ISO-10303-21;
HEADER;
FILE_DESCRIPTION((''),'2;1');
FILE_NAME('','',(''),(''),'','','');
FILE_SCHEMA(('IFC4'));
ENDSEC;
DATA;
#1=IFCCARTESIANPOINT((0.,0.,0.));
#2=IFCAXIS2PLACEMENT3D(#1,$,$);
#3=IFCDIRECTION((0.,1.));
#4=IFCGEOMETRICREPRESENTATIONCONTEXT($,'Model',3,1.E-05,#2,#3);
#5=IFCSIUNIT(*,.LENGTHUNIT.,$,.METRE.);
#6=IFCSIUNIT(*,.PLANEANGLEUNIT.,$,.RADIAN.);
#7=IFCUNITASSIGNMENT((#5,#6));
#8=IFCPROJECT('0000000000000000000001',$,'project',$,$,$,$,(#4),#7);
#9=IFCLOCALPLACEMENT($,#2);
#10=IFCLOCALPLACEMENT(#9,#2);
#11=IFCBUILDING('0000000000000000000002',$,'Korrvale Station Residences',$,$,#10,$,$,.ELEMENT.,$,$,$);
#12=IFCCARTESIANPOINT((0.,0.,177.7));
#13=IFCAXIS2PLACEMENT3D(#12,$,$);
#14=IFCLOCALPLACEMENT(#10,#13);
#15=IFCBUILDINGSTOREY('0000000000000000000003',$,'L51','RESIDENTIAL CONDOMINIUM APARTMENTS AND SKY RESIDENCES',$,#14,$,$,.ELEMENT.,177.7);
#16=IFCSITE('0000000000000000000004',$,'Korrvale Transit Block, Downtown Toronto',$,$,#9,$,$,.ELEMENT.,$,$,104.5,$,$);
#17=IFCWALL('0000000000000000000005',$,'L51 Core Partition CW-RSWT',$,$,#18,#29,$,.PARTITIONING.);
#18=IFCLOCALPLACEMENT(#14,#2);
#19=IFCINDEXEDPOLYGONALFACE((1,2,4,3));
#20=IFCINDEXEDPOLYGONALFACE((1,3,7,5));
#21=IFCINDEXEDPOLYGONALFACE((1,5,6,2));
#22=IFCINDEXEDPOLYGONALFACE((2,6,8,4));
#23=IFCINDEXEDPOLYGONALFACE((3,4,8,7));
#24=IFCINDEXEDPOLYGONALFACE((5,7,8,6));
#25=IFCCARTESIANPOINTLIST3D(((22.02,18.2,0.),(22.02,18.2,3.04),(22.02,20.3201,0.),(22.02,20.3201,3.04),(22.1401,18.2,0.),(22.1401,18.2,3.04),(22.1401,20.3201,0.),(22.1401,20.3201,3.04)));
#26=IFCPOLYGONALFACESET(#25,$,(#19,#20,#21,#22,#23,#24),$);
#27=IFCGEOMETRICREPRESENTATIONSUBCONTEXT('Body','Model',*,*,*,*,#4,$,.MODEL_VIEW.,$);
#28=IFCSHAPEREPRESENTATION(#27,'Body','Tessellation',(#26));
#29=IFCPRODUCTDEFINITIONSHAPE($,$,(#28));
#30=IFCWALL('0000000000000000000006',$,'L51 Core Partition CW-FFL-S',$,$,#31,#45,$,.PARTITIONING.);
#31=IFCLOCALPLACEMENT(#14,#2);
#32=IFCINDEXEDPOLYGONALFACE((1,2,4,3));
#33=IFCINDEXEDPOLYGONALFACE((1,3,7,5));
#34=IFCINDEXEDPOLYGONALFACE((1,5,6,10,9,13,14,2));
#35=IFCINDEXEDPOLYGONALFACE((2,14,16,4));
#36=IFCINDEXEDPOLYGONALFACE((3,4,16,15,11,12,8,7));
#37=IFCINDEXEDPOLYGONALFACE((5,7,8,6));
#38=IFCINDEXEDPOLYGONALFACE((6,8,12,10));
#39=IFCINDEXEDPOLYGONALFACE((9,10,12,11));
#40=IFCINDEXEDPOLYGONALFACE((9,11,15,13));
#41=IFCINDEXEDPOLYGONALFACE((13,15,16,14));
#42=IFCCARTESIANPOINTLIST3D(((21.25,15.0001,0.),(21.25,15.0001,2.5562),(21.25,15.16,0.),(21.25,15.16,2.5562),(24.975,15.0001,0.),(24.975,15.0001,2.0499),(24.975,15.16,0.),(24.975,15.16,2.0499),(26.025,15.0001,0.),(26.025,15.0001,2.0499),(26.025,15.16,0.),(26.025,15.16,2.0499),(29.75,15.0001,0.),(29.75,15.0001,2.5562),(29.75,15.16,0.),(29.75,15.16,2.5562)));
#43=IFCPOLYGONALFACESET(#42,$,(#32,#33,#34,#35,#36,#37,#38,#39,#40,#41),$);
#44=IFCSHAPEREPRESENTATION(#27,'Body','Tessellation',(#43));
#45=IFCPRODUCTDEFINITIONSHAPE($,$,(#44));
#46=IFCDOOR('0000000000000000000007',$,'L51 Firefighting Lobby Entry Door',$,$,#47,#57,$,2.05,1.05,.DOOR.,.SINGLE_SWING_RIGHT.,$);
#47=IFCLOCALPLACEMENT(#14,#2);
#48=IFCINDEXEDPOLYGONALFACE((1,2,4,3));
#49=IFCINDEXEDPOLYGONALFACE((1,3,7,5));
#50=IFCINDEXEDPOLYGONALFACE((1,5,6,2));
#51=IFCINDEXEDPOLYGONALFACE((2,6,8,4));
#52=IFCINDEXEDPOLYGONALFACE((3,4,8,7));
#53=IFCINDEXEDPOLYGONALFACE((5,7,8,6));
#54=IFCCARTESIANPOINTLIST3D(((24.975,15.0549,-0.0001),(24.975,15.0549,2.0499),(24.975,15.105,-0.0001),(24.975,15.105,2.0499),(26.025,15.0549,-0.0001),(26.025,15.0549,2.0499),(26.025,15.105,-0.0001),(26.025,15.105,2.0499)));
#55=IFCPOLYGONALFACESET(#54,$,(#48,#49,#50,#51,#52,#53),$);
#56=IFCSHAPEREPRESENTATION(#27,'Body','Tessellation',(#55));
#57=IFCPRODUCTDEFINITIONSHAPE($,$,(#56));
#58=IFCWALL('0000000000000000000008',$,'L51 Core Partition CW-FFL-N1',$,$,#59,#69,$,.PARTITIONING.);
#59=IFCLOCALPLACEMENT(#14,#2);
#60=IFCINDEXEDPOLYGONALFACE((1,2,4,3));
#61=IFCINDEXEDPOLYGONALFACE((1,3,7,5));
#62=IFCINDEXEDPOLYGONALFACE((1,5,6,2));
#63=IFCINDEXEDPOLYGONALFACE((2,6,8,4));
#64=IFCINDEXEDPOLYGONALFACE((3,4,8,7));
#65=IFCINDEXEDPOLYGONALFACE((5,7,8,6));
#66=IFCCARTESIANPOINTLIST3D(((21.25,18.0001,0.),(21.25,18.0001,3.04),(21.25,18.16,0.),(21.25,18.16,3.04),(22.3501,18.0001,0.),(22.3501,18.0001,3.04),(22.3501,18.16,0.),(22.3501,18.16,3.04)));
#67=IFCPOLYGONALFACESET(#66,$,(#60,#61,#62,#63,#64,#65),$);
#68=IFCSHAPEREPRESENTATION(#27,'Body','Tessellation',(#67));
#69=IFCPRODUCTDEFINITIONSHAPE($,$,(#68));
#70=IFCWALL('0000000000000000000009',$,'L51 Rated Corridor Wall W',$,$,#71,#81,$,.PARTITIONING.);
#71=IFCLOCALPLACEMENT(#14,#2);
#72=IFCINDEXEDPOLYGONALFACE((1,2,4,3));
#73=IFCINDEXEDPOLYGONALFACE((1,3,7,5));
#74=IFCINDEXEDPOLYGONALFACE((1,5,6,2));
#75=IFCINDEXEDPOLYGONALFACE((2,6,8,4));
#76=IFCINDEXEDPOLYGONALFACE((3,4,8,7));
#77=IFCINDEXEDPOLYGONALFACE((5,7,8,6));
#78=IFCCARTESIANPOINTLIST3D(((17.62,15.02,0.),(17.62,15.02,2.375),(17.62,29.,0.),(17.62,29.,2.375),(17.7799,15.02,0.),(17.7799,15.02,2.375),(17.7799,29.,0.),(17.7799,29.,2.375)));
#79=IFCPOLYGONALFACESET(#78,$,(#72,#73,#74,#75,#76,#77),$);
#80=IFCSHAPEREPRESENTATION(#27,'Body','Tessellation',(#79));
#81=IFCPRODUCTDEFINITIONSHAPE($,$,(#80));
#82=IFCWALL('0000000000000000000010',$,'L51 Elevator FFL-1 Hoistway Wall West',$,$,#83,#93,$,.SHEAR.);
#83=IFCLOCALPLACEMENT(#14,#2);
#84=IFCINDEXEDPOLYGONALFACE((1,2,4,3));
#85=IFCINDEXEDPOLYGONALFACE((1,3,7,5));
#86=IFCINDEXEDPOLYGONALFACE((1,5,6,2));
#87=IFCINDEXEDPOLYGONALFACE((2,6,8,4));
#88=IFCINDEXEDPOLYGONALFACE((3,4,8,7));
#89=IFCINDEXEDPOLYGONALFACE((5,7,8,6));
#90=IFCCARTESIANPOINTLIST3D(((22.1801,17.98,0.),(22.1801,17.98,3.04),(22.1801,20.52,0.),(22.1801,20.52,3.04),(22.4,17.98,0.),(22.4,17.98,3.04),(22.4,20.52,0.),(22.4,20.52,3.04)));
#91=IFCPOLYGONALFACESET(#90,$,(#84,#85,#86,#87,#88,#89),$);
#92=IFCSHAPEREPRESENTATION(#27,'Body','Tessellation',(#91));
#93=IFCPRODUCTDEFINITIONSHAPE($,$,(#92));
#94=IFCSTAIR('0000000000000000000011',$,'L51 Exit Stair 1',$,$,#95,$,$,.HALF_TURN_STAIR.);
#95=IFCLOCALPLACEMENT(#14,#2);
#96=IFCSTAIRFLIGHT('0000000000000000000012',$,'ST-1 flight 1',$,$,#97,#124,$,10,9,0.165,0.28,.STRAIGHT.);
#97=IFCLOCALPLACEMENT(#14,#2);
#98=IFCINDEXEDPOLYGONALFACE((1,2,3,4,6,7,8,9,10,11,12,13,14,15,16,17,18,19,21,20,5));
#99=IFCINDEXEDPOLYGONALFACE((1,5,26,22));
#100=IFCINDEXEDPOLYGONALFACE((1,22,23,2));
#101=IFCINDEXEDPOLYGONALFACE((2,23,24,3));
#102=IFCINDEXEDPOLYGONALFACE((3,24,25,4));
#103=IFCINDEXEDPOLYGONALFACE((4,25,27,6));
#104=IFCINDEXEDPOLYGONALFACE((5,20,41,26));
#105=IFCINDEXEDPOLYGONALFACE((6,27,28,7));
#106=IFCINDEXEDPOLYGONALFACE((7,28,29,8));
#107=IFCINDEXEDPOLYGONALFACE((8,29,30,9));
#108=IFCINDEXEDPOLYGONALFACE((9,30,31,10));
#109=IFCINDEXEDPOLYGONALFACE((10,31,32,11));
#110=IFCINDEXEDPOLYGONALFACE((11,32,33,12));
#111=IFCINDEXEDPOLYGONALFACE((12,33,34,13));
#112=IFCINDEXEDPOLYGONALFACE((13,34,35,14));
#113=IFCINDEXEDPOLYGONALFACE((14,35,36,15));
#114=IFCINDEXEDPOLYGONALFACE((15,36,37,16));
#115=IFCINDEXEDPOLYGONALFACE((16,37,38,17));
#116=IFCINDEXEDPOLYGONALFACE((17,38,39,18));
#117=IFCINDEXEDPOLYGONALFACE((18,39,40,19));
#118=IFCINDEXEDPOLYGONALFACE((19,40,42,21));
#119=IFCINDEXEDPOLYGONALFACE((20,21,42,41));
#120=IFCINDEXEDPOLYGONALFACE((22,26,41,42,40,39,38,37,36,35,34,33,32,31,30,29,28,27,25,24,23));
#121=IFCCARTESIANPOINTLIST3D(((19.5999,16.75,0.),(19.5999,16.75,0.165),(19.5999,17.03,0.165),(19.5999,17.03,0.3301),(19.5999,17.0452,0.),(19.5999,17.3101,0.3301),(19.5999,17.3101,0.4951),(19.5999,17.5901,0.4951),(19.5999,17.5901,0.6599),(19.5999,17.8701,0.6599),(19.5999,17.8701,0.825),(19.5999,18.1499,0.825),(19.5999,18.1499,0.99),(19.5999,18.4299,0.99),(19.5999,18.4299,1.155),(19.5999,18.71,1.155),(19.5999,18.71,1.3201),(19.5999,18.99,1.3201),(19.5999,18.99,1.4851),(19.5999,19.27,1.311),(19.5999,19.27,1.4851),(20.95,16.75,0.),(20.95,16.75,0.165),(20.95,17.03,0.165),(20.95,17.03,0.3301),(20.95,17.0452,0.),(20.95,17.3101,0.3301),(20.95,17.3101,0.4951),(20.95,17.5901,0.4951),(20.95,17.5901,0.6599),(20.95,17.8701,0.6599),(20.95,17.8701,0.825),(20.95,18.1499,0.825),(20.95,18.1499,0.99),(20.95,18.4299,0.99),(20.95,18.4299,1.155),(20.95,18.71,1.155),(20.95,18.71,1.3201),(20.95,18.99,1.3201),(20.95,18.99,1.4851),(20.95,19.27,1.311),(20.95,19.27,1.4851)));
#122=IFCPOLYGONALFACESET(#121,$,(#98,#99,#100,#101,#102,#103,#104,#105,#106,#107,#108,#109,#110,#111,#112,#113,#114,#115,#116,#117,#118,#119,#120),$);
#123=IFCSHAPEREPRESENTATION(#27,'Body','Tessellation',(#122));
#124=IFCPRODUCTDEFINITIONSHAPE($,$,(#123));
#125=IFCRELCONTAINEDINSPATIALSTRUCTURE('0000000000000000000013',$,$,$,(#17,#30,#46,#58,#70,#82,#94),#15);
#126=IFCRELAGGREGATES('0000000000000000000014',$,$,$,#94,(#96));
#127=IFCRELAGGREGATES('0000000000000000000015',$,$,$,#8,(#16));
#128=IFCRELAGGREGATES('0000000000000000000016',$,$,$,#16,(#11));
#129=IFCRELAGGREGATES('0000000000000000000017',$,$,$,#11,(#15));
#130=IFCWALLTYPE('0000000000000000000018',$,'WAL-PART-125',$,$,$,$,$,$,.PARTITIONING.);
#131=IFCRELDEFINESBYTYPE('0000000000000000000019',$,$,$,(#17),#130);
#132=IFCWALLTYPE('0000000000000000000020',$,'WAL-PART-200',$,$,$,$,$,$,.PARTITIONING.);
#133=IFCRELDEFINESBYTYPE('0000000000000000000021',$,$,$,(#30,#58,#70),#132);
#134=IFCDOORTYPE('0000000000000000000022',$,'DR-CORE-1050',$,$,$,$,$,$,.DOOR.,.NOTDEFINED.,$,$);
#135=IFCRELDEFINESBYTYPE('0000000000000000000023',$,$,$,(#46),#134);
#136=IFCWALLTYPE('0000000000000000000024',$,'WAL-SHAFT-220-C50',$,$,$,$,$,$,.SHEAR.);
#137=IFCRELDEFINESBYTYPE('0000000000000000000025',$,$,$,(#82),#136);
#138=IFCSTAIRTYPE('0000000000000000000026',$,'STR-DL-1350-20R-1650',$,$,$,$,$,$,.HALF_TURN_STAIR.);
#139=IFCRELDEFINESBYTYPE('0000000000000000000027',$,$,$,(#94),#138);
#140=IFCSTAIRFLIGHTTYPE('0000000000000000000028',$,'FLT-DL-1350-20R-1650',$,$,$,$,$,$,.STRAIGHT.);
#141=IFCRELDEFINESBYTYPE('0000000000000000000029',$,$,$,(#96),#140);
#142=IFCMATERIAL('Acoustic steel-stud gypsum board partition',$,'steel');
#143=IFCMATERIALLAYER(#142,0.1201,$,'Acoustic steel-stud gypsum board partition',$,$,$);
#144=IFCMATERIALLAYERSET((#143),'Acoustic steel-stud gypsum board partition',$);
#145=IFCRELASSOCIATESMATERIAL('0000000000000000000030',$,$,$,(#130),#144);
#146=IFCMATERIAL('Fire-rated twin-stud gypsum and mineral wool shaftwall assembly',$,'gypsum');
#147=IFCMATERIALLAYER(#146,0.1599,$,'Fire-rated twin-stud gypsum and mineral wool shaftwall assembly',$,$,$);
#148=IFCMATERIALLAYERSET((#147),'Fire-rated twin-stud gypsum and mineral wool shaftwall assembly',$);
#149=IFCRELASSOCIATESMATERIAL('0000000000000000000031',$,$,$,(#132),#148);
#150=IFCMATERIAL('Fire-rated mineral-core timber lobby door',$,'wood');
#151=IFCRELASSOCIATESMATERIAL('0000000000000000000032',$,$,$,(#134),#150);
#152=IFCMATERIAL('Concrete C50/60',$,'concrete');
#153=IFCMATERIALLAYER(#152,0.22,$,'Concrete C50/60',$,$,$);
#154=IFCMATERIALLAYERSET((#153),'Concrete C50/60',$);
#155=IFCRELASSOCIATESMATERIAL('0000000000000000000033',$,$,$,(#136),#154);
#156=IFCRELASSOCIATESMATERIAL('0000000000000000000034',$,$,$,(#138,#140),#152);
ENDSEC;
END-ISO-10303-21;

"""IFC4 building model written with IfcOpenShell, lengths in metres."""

from ifc_helpers import new_model, si_unit, direction, frame, frame_2d, origin, place, context, subcontext, project, spatial, polyline, rectangle, outline, extrude, material, layer, layer_set, type_object, element, fill, aggregate, save


model = new_model("IFC4")

# Units and contexts
model_context = context("Model", 3, precision=1e-05, world=origin(), true_north=direction((0.0, 1.0)))
body_context = subcontext(model_context, "Body", "Model", "MODEL_VIEW")
ifc_project = project(units=[si_unit("LENGTHUNIT", "METRE"), si_unit("PLANEANGLEUNIT", "RADIAN")], contexts=[model_context])

# Site, building, storey
site_placement = place(None, origin())
site = spatial("IfcSite", under=ifc_project, at=site_placement, Name="Korrvale Transit Block, Downtown Toronto", CompositionType="ELEMENT", RefElevation=104.5)
building_placement = place(site_placement, origin())
building = spatial("IfcBuilding", under=site, at=building_placement, Name="Korrvale Station Residences", CompositionType="ELEMENT")
storey_placement = place(building_placement, frame((0.0, 0.0, 177.7)))
storey = spatial("IfcBuildingStorey", under=building, at=storey_placement, Name="L51", Description="RESIDENTIAL CONDOMINIUM APARTMENTS AND SKY RESIDENCES", CompositionType="ELEMENT", Elevation=177.7)

# Shared definitions
ifc_material_1 = material(Name="Concrete C50/60", Category="concrete")

# Wall
ifc_material_2 = material(Name="Acoustic steel-stud gypsum board partition", Category="steel")
ifc_layer_1 = layer(ifc_material_2, 0.1201, Name="Acoustic steel-stud gypsum board partition")
ifc_layer_set_1 = layer_set([ifc_layer_1], Name="Acoustic steel-stud gypsum board partition")
wall_type_1 = type_object("IfcWallType", Name="WAL-PART-125", PredefinedType="PARTITIONING", material=ifc_layer_set_1)
wall_1_placement = place(storey_placement, frame((22.0801, 18.2, 0.0), z_axis=(0.0, 0.0, 1.0), x_axis=(0.0, 1.0, 0.0)))
element("IfcWall", 1, at=wall_1_placement, inside=storey, type_object=wall_type_1, Name="L51 Core Partition CW-RSWT", PredefinedType="PARTITIONING", context=body_context, shape_type="SweptSolid", body=[
    extrude(rectangle(XDim=2.1201, YDim=0.1201, at=frame_2d((1.0601, 0.0))), origin(), (0.0, 0.0, 1.0), 3.04),
])

# Wall, opening, door
ifc_material_3 = material(Name="Fire-rated twin-stud gypsum and mineral wool shaftwall assembly", Category="gypsum")
ifc_layer_2 = layer(ifc_material_3, 0.1599, Name="Fire-rated twin-stud gypsum and mineral wool shaftwall assembly")
ifc_layer_set_2 = layer_set([ifc_layer_2], Name="Fire-rated twin-stud gypsum and mineral wool shaftwall assembly")
wall_type_2 = type_object("IfcWallType", Name="WAL-PART-200", PredefinedType="PARTITIONING", material=ifc_layer_set_2)
wall_2_placement = place(storey_placement, frame((21.25, 15.0801, 0.0), z_axis=(0.0, 0.0, 1.0), x_axis=(1.0, 0.0, 0.0)))
wall_2 = element("IfcWall", 2, at=wall_2_placement, inside=storey, type_object=wall_type_2, Name="L51 Core Partition CW-FFL-S", PredefinedType="PARTITIONING", context=body_context, shape_type="SweptSolid", body=[
    extrude(rectangle(XDim=8.5, YDim=0.1599, at=frame_2d((4.25, 0.0))), origin(), (0.0, 0.0, 1.0), 2.5562),
])
opening_1_placement = place(wall_2_placement, frame((3.7251, 0.0, 0.0)))
opening_1 = element("IfcOpeningElement", 3, at=opening_1_placement, cuts=wall_2, PredefinedType="OPENING", context=body_context, shape_type="SweptSolid", body=[
    extrude(rectangle(XDim=1.05, YDim=2.05, at=frame_2d((0.5249, 1.0249))), frame((0.0, 0.0898, 0.0), z_axis=(0.0, -1.0, 0.0), x_axis=(1.0, 0.0, 0.0)), (0.0, 0.0, 1.0), 0.1799),
])
ifc_material_4 = material(Name="Fire-rated mineral-core timber lobby door", Category="wood")
door_type_1 = type_object("IfcDoorType", Name="DR-CORE-1050", OperationType="NOTDEFINED", PredefinedType="DOOR", material=ifc_material_4)
door_1_placement = place(opening_1_placement, origin())
door_1 = element("IfcDoor", 4, at=door_1_placement, inside=storey, type_object=door_type_1, Name="L51 Firefighting Lobby Entry Door", OperationType="SINGLE_SWING_RIGHT", OverallHeight=2.05, OverallWidth=1.05, PredefinedType="DOOR", context=body_context, shape_type="SweptSolid", body=[
    extrude(rectangle(XDim=1.05, YDim=2.05, at=frame_2d((0.5249, 1.0249))), frame((0.0, 0.0249, 0.0), z_axis=(0.0, -1.0, 0.0), x_axis=(1.0, 0.0, 0.0)), (0.0, 0.0, 1.0), 0.05),
])
fill(opening_1, door_1)

# Walls
wall_3_placement = place(storey_placement, frame((21.25, 18.0801, 0.0), z_axis=(0.0, 0.0, 1.0), x_axis=(1.0, 0.0, 0.0)))
element("IfcWall", 5, at=wall_3_placement, inside=storey, type_object=wall_type_2, Name="L51 Core Partition CW-FFL-N1", PredefinedType="PARTITIONING", context=body_context, shape_type="SweptSolid", body=[
    extrude(rectangle(XDim=1.1001, YDim=0.1599, at=frame_2d((0.55, 0.0))), origin(), (0.0, 0.0, 1.0), 3.04),
])
wall_4_placement = place(storey_placement, frame((17.7, 15.02, 0.0), z_axis=(0.0, 0.0, 1.0), x_axis=(0.0, 1.0, 0.0)))
element("IfcWall", 6, at=wall_4_placement, inside=storey, type_object=wall_type_2, Name="L51 Rated Corridor Wall W", PredefinedType="PARTITIONING", context=body_context, shape_type="SweptSolid", body=[
    extrude(rectangle(XDim=13.98, YDim=0.1599, at=frame_2d((6.99, 0.0))), origin(), (0.0, 0.0, 1.0), 2.375),
])

# Shared definitions
ifc_layer_3 = layer(ifc_material_1, 0.22, Name="Concrete C50/60")
ifc_layer_set_3 = layer_set([ifc_layer_3], Name="Concrete C50/60")
wall_type_3 = type_object("IfcWallType", Name="WAL-SHAFT-220-C50", PredefinedType="SHEAR", material=ifc_layer_set_3)

# Wall
wall_5_placement = place(storey_placement, frame((22.29, 17.98, 0.0), z_axis=(0.0, 0.0, 1.0), x_axis=(0.0, 1.0, 0.0)))
element("IfcWall", 7, at=wall_5_placement, inside=storey, type_object=wall_type_3, Name="L51 Elevator FFL-1 Hoistway Wall West", PredefinedType="SHEAR", context=body_context, shape_type="SweptSolid", body=[
    extrude(rectangle(XDim=2.54, YDim=0.22, at=frame_2d((1.27, 0.0))), origin(), (0.0, 0.0, 1.0), 3.04),
])

# Stair, stair flight
stair_type = type_object("IfcStairType", Name="STR-DL-1350-20R-1650", PredefinedType="HALF_TURN_STAIR", material=ifc_material_1)
stair_placement = place(storey_placement, origin())
stair = element("IfcStair", 8, at=stair_placement, inside=storey, type_object=stair_type, Name="L51 Exit Stair 1", PredefinedType="HALF_TURN_STAIR")
stair_flight_type = type_object("IfcStairFlightType", Name="FLT-DL-1350-20R-1650", PredefinedType="STRAIGHT", material=ifc_material_1)
stair_flight_placement = place(storey_placement, frame((20.2749, 16.75, 0.0), z_axis=(0.0, 0.0, 1.0), x_axis=(0.0, 1.0, 0.0)))
stair_flight = element("IfcStairFlight", 9, at=stair_flight_placement, type_object=stair_flight_type, Name="ST-1 flight 1", NumberOfRisers=10, NumberOfTreads=9, PredefinedType="STRAIGHT", RiserHeight=0.165, TreadLength=0.28, context=body_context, shape_type="SweptSolid", body=[
    extrude(outline(polyline([(0.0, 0.0), (0.0, 0.165), (0.28, 0.165), (0.28, 0.3301), (0.5601, 0.3301), (0.5601, 0.4951), (0.8401, 0.4951), (0.8401, 0.6599), (1.1201, 0.6599), (1.1201, 0.825), (1.3999, 0.825), (1.3999, 0.99), (1.6799, 0.99), (1.6799, 1.155), (1.96, 1.155), (1.96, 1.3201), (2.24, 1.3201), (2.24, 1.4851), (2.52, 1.4851), (2.52, 1.6499), (2.52, 1.311), (0.2952, 0.0), (0.0, 0.0)])), frame((0.0, 0.675, 0.0), z_axis=(0.0, -1.0, 0.0), x_axis=(1.0, 0.0, 0.0)), (0.0, 0.0, 1.0), 1.3501),
])
aggregate(stair, [stair_flight])

save(model, "model.ifc")
